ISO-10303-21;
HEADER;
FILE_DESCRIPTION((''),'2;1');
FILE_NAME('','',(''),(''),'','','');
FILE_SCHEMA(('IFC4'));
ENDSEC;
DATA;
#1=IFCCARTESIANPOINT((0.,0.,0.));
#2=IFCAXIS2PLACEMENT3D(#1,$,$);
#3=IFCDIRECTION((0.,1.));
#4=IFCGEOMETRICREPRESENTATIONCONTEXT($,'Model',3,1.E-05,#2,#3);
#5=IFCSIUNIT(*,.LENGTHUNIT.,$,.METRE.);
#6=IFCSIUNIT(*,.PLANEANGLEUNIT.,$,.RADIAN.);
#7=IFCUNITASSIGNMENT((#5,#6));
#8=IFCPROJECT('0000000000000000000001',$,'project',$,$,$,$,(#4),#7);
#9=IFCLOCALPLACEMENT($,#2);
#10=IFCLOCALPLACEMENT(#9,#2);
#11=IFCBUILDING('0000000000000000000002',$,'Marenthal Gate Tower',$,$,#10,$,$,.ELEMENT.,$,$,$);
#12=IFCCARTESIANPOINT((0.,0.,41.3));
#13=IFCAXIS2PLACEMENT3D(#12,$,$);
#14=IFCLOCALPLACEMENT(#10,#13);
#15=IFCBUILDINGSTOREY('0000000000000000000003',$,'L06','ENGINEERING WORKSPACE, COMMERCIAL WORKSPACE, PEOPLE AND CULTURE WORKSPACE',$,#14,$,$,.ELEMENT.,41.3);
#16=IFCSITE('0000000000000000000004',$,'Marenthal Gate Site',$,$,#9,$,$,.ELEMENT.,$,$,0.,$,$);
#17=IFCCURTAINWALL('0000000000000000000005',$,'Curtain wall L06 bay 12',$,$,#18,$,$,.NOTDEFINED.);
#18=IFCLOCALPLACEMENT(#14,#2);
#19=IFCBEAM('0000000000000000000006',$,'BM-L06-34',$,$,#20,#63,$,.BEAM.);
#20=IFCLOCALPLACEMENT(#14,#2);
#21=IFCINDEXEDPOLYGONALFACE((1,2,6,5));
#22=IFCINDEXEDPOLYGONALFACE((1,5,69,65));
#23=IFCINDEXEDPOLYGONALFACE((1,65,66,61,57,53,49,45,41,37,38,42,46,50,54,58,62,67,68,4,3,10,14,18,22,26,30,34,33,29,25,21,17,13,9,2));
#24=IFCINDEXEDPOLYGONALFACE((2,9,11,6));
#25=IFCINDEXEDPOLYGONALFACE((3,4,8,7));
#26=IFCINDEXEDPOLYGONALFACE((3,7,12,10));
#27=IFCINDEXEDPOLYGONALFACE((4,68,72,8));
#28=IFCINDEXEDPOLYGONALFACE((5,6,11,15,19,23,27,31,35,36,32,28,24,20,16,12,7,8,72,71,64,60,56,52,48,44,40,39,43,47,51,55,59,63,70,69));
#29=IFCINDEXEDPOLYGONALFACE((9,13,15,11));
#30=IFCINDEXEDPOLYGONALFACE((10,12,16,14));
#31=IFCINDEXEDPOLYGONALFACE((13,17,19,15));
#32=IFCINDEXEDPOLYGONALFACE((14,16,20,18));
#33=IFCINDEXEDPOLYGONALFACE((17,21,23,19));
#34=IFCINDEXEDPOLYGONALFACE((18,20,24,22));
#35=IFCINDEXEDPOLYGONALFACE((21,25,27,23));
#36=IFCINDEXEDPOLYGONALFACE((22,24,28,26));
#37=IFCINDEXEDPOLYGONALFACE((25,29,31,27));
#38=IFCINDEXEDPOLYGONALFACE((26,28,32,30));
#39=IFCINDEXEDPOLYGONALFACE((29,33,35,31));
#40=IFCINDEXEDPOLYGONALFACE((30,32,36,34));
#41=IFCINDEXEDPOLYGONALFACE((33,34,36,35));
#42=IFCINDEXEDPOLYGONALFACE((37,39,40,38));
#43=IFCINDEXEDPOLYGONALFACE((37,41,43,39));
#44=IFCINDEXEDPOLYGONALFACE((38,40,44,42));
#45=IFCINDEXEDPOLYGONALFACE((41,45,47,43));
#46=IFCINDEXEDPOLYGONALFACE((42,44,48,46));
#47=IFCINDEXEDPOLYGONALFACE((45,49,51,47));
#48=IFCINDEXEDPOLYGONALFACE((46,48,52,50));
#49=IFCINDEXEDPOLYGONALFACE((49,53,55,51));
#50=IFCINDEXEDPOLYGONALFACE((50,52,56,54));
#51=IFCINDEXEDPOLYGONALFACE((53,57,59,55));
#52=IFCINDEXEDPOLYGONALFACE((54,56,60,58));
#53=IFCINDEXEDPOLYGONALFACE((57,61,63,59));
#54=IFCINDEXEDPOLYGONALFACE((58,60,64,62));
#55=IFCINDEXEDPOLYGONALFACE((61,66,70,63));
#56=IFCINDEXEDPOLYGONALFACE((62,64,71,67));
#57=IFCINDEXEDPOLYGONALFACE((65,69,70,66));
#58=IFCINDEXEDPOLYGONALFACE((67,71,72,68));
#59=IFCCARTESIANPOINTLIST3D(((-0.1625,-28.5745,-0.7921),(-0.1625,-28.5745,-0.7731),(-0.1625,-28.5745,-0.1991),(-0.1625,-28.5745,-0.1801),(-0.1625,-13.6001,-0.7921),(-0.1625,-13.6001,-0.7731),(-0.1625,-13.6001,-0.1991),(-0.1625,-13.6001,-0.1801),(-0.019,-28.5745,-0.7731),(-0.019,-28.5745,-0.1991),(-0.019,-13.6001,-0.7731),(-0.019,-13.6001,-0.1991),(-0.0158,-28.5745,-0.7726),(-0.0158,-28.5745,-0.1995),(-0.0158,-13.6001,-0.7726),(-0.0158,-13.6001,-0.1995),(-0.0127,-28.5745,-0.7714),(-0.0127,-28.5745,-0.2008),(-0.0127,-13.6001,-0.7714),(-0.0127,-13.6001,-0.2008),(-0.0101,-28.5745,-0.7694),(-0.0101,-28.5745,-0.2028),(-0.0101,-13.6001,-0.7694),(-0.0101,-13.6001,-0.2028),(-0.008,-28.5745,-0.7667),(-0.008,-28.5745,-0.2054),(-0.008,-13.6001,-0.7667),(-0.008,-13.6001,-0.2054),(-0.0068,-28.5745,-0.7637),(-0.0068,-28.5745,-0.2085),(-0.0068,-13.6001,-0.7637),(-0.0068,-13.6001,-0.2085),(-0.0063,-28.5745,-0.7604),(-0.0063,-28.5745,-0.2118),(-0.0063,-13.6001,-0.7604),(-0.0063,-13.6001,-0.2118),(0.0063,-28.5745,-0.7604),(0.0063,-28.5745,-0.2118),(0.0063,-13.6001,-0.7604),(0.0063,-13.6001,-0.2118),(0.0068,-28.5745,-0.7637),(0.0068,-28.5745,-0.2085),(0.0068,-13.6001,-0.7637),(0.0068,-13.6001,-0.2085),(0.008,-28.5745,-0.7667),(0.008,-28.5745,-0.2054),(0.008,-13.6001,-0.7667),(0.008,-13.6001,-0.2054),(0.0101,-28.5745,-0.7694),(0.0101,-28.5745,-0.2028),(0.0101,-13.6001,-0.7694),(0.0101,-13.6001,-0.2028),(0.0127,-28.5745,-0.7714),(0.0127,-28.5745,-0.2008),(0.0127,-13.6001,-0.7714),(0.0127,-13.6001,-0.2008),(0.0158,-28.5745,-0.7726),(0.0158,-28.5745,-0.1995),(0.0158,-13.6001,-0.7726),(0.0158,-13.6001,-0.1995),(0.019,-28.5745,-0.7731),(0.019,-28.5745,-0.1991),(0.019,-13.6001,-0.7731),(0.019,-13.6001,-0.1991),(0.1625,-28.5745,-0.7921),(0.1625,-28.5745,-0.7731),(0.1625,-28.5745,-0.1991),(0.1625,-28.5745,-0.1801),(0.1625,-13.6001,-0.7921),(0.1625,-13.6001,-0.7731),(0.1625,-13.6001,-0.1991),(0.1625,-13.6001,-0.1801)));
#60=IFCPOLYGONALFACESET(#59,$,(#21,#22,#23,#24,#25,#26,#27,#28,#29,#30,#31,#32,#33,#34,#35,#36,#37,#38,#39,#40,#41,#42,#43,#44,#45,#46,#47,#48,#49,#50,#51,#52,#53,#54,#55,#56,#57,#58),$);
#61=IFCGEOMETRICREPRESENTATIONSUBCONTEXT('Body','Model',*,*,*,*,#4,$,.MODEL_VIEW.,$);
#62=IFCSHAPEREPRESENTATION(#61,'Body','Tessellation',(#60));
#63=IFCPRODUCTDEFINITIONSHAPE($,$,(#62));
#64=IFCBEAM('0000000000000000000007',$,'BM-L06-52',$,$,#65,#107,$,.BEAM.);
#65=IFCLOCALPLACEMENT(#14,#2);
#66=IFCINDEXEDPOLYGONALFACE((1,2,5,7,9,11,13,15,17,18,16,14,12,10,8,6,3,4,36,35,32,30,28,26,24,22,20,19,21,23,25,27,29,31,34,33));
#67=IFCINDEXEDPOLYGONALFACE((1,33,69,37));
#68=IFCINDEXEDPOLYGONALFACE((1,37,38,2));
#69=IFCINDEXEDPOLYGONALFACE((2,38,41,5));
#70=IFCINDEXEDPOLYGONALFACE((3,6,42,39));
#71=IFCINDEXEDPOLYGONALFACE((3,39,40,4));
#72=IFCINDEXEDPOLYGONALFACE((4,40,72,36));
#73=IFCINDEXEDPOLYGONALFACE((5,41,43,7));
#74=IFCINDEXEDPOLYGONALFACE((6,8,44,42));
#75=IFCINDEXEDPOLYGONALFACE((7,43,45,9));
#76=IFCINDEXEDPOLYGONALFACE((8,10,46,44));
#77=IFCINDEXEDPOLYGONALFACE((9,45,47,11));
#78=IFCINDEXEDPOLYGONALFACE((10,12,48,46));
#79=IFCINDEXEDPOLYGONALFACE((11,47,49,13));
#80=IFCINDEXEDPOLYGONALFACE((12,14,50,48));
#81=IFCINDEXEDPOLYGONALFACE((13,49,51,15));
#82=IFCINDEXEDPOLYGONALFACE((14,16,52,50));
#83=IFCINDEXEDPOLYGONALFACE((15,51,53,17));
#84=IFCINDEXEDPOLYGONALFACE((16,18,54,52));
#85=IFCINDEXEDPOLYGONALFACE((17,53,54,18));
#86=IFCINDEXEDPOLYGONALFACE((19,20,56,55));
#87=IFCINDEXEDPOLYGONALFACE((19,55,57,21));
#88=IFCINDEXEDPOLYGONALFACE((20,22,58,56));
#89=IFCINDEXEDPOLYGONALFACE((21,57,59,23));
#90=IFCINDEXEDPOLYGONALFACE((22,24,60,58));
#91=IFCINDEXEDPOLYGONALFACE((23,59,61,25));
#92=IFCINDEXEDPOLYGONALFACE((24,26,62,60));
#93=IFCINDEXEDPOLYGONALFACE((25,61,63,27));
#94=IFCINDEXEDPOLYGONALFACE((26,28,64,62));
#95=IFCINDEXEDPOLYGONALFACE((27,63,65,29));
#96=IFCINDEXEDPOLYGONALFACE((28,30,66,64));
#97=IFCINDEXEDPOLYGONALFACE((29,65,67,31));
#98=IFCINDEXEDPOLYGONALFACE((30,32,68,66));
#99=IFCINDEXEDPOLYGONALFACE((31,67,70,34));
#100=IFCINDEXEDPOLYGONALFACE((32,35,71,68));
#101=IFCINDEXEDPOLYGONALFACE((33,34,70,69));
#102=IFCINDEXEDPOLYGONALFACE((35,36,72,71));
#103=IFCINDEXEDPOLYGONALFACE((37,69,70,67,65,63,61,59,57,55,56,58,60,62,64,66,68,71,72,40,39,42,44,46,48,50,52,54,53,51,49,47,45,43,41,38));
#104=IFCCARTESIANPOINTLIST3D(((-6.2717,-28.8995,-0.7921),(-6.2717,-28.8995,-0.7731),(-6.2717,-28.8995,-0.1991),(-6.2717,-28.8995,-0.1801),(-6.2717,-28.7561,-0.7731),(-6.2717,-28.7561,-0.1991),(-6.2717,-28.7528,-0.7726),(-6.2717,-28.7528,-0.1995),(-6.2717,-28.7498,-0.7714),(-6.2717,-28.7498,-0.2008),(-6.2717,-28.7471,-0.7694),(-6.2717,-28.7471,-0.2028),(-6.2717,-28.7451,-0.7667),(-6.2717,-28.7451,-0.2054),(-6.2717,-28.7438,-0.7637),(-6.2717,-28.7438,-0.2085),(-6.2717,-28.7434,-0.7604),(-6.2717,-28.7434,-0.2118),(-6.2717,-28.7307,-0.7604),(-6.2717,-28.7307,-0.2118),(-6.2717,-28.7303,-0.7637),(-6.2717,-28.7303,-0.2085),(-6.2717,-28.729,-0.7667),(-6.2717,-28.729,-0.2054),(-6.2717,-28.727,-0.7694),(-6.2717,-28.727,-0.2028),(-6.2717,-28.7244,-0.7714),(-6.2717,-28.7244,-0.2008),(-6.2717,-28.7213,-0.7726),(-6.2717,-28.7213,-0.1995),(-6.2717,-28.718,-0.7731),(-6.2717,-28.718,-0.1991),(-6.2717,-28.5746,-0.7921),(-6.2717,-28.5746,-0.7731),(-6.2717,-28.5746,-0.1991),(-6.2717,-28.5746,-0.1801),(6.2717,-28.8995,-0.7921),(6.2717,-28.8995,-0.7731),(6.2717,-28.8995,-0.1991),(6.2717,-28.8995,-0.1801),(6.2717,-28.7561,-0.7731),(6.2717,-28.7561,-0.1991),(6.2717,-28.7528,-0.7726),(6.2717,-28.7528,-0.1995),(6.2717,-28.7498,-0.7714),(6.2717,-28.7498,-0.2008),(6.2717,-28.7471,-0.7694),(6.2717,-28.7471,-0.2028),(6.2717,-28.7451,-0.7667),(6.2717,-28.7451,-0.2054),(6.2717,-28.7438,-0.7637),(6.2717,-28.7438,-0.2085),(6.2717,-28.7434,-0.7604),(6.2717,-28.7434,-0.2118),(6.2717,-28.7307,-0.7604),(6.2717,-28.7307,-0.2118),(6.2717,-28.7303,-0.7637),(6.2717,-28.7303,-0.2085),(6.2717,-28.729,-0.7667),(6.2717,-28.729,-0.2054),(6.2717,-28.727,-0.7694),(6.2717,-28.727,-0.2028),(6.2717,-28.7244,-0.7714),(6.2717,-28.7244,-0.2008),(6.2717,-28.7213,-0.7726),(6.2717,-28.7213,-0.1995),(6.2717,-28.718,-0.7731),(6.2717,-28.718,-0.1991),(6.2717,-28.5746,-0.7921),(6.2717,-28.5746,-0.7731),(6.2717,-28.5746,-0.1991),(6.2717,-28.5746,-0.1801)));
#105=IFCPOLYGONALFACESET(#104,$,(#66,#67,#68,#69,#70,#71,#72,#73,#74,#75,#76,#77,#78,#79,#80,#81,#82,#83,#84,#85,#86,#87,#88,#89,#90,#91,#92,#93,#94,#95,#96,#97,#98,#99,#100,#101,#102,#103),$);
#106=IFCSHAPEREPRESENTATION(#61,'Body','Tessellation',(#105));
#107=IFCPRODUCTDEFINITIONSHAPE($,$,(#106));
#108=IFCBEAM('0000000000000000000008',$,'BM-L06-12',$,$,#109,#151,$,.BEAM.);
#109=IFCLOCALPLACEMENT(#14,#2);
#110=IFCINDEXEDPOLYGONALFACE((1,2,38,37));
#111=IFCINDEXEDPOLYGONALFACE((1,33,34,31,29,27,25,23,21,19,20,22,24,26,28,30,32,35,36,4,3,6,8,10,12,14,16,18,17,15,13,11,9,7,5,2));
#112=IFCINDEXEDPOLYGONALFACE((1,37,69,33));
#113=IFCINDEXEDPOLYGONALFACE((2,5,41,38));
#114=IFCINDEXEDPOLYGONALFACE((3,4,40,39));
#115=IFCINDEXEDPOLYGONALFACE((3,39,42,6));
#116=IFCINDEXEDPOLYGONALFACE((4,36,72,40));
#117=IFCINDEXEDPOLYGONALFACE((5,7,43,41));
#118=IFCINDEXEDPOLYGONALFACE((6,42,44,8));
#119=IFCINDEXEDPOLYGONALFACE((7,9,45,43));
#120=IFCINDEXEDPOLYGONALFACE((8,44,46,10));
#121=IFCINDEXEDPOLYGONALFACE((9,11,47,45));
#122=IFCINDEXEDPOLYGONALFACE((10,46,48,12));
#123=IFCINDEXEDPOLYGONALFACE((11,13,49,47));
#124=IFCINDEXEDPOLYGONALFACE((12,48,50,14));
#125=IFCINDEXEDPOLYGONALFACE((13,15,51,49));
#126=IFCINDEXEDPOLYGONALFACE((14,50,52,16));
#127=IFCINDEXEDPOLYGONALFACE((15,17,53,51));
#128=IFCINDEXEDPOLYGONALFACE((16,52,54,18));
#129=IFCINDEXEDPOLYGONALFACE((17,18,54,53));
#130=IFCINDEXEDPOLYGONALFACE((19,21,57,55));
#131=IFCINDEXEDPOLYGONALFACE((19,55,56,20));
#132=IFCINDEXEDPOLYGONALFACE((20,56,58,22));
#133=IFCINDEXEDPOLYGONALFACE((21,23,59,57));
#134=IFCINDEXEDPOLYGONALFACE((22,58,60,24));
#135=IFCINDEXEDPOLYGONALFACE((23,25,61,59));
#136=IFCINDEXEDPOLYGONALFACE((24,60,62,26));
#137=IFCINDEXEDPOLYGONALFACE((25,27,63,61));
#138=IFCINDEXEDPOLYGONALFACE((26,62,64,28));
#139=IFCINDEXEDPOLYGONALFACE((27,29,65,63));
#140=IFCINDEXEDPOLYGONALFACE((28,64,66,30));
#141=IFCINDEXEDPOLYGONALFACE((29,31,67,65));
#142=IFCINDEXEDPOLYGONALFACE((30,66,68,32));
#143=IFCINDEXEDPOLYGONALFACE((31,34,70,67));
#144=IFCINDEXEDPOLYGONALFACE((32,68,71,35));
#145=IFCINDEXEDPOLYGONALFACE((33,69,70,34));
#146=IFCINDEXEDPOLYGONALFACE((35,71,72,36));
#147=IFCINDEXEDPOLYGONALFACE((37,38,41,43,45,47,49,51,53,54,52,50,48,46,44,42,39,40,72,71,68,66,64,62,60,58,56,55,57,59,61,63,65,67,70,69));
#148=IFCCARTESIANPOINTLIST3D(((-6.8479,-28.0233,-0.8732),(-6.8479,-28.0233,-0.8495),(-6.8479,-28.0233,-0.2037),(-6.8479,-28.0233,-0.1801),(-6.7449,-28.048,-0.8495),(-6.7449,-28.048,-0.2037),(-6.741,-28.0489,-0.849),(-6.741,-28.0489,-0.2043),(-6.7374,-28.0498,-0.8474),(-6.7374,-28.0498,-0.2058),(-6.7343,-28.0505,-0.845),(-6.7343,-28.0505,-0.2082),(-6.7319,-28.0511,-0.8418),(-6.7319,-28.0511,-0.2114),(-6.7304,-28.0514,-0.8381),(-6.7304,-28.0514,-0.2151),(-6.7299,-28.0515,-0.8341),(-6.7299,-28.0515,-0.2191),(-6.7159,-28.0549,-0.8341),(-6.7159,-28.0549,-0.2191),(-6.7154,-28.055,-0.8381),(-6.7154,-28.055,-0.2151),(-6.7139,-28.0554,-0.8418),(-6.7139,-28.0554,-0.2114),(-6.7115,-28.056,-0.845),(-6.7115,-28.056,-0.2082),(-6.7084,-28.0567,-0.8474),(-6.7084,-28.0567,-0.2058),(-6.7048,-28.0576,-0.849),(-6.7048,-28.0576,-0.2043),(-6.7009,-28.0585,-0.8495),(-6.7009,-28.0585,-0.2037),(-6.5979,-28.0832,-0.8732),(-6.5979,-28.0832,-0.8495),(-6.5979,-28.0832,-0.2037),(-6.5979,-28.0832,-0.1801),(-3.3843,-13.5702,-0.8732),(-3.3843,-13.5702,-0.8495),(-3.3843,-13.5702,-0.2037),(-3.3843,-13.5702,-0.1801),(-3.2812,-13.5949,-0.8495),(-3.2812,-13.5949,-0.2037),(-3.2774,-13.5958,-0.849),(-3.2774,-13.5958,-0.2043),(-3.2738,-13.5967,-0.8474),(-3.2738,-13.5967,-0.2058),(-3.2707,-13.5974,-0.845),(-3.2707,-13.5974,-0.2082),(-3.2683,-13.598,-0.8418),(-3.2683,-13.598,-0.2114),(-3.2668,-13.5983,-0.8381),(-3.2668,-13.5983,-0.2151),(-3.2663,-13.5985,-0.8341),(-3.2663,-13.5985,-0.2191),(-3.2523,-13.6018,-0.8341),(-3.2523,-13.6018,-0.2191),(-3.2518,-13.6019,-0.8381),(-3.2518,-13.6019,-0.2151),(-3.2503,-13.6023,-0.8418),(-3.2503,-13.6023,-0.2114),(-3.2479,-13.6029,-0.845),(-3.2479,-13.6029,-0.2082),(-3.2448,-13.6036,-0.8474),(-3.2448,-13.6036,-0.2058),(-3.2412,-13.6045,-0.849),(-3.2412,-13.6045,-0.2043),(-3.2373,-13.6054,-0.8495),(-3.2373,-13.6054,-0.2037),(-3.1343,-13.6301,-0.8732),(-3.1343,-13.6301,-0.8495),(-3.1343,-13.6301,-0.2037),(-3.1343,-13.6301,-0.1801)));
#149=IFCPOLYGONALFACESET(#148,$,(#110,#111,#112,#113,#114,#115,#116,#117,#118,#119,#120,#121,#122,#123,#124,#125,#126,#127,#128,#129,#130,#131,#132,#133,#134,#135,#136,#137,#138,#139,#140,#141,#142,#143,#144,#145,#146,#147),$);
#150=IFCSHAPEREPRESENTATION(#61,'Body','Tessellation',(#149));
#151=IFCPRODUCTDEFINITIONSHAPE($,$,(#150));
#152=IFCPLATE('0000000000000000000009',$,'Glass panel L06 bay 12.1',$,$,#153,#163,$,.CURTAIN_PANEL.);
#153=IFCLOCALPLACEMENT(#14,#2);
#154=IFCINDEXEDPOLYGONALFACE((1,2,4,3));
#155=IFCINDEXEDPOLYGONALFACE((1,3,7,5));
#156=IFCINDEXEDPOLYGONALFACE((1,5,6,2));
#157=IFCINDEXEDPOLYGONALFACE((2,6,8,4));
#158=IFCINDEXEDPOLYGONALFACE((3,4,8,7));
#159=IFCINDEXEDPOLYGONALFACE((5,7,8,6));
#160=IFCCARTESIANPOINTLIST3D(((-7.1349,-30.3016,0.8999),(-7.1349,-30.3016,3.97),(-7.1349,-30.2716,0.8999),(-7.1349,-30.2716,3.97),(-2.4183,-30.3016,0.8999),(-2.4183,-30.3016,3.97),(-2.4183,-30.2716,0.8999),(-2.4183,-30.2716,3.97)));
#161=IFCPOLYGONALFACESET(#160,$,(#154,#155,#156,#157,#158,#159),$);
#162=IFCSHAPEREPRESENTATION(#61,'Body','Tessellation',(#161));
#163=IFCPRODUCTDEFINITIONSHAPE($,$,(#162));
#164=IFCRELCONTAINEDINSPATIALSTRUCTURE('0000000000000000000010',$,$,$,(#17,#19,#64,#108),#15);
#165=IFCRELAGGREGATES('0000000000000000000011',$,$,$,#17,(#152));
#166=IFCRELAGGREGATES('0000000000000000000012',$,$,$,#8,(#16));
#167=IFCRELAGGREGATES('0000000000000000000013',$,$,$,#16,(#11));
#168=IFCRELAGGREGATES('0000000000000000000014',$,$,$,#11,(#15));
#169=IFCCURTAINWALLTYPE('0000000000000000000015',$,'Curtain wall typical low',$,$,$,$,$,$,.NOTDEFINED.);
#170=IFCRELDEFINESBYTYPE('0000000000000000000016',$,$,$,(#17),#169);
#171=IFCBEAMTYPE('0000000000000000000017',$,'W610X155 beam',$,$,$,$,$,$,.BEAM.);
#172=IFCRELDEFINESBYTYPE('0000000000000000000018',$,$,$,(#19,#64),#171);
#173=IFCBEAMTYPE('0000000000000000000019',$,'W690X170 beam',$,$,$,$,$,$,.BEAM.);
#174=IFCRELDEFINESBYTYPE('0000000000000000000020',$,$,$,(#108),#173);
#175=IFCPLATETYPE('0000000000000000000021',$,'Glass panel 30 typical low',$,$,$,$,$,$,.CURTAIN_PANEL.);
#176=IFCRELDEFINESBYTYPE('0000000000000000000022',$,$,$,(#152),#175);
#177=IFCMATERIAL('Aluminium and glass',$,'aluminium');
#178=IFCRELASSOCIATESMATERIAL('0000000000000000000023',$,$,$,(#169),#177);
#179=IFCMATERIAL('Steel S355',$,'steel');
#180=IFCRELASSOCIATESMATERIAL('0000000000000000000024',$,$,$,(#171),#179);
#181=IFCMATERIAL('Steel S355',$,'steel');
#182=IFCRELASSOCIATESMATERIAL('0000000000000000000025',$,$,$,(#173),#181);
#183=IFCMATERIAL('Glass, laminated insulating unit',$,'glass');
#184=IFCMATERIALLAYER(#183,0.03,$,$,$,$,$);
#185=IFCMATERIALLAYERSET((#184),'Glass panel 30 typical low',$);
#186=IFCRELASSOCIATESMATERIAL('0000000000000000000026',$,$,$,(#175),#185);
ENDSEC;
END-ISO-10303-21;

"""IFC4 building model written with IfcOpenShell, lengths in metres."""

from ifc_helpers import new_model, si_unit, direction, frame, origin, origin_2d, place, context, subcontext, project, spatial, rectangle, i_section, extrude, material, layer, layer_set, material_profile, profile_set, type_object, element, aggregate, save


model = new_model("IFC4")

# Units and contexts
model_context = context("Model", 3, precision=1e-05, world=origin(), true_north=direction((0.0, 1.0)))
body_context = subcontext(model_context, "Body", "Model", "MODEL_VIEW")
ifc_project = project(units=[si_unit("LENGTHUNIT", "METRE"), si_unit("PLANEANGLEUNIT", "RADIAN")], contexts=[model_context])

# Site, building, storey
site_placement = place(None, origin())
site = spatial("IfcSite", under=ifc_project, at=site_placement, Name="Marenthal Gate Site", CompositionType="ELEMENT", RefElevation=0.0)
building_placement = place(site_placement, origin())
building = spatial("IfcBuilding", under=site, at=building_placement, Name="Marenthal Gate Tower", CompositionType="ELEMENT")
storey_placement = place(building_placement, frame((0.0, 0.0, 41.3)))
storey = spatial("IfcBuildingStorey", under=building, at=storey_placement, Name="L06", Description="ENGINEERING WORKSPACE, COMMERCIAL WORKSPACE, PEOPLE AND CULTURE WORKSPACE", CompositionType="ELEMENT", Elevation=41.3)

# Curtain wall
ifc_material_1 = material(Name="Aluminium and glass", Category="aluminium")
curtain_wall_type = type_object("IfcCurtainWallType", Name="Curtain wall typical low", PredefinedType="NOTDEFINED", material=ifc_material_1)
curtain_wall_placement = place(storey_placement, origin())
curtain_wall = element("IfcCurtainWall", 1, at=curtain_wall_placement, inside=storey, type_object=curtain_wall_type, Name="Curtain wall L06 bay 12", PredefinedType="NOTDEFINED")

# Beams
ifc_material_2 = material(Name="Steel S355", Category="steel")
ifc_material_profile_1 = material_profile(ifc_material_2, i_section(OverallWidth=0.325, OverallDepth=0.6121, WebThickness=0.0127, FlangeThickness=0.019, FilletRadius=0.0127, at=origin_2d()), Name="W610X155")
ifc_profile_set_1 = profile_set([ifc_material_profile_1], Name="Steel S355")
beam_type_1 = type_object("IfcBeamType", Name="W610X155 beam", PredefinedType="BEAM", material=ifc_profile_set_1)
beam_1_placement = place(storey_placement, frame((0.0, -28.5745, -0.4861), z_axis=(0.0, 1.0, 0.0), x_axis=(-1.0, 0.0, 0.0)))
element("IfcBeam", 2, at=beam_1_placement, inside=storey, type_object=beam_type_1, Name="BM-L06-34", PredefinedType="BEAM", context=body_context, shape_type="SweptSolid", body=[
    extrude(i_section(OverallWidth=0.325, OverallDepth=0.6121, WebThickness=0.0127, FlangeThickness=0.019, FilletRadius=0.0127, at=origin_2d()), origin(), (0.0, 0.0, 1.0), 14.9744),
])
beam_2_placement = place(storey_placement, frame((-6.2717, -28.7371, -0.4861), z_axis=(1.0, 0.0, 0.0), x_axis=(0.0, 1.0, 0.0)))
element("IfcBeam", 3, at=beam_2_placement, inside=storey, type_object=beam_type_1, Name="BM-L06-52", PredefinedType="BEAM", context=body_context, shape_type="SweptSolid", body=[
    extrude(i_section(OverallWidth=0.325, OverallDepth=0.6121, WebThickness=0.0127, FlangeThickness=0.019, FilletRadius=0.0127, at=origin_2d()), origin(), (0.0, 0.0, 1.0), 12.5435),
])
ifc_material_3 = material(Name="Steel S355", Category="steel")
ifc_material_profile_2 = material_profile(ifc_material_3, i_section(OverallWidth=0.2571, OverallDepth=0.6931, WebThickness=0.0144, FlangeThickness=0.0237, FilletRadius=0.0154, at=origin_2d()), Name="W690X170")
ifc_profile_set_2 = profile_set([ifc_material_profile_2], Name="Steel S355")
beam_type_2 = type_object("IfcBeamType", Name="W690X170 beam", PredefinedType="BEAM", material=ifc_profile_set_2)
beam_3_placement = place(storey_placement, frame((-6.7229, -28.0532, -0.5266), z_axis=(0.233047, 0.972466, 0.0), x_axis=(-0.972466, 0.233047, 0.0)))
element("IfcBeam", 4, at=beam_3_placement, inside=storey, type_object=beam_type_2, Name="BM-L06-12", PredefinedType="BEAM", context=body_context, shape_type="SweptSolid", body=[
    extrude(i_section(OverallWidth=0.2571, OverallDepth=0.6931, WebThickness=0.0144, FlangeThickness=0.0237, FilletRadius=0.0154, at=origin_2d()), origin(), (0.0, 0.0, 1.0), 14.8623),
])

# Plate
ifc_material_4 = material(Name="Glass, laminated insulating unit", Category="glass")
ifc_layer_1 = layer(ifc_material_4, 0.03)
ifc_layer_set_1 = layer_set([ifc_layer_1], Name="Glass panel 30 typical low")
plate_type = type_object("IfcPlateType", Name="Glass panel 30 typical low", PredefinedType="CURTAIN_PANEL", material=ifc_layer_set_1)
plate_placement = place(storey_placement, frame((-4.7766, -30.2866, 0.8999), z_axis=(0.0, 0.0, 1.0), x_axis=(1.0, 0.0, 0.0)))
plate = element("IfcPlate", 5, at=plate_placement, type_object=plate_type, Name="Glass panel L06 bay 12.1", PredefinedType="CURTAIN_PANEL", context=body_context, shape_type="SweptSolid", body=[
    extrude(rectangle(XDim=4.7166, YDim=0.03, at=origin_2d()), origin(), (0.0, 0.0, 1.0), 3.0701),
])
aggregate(curtain_wall, [plate])

save(model, "model.ifc")
